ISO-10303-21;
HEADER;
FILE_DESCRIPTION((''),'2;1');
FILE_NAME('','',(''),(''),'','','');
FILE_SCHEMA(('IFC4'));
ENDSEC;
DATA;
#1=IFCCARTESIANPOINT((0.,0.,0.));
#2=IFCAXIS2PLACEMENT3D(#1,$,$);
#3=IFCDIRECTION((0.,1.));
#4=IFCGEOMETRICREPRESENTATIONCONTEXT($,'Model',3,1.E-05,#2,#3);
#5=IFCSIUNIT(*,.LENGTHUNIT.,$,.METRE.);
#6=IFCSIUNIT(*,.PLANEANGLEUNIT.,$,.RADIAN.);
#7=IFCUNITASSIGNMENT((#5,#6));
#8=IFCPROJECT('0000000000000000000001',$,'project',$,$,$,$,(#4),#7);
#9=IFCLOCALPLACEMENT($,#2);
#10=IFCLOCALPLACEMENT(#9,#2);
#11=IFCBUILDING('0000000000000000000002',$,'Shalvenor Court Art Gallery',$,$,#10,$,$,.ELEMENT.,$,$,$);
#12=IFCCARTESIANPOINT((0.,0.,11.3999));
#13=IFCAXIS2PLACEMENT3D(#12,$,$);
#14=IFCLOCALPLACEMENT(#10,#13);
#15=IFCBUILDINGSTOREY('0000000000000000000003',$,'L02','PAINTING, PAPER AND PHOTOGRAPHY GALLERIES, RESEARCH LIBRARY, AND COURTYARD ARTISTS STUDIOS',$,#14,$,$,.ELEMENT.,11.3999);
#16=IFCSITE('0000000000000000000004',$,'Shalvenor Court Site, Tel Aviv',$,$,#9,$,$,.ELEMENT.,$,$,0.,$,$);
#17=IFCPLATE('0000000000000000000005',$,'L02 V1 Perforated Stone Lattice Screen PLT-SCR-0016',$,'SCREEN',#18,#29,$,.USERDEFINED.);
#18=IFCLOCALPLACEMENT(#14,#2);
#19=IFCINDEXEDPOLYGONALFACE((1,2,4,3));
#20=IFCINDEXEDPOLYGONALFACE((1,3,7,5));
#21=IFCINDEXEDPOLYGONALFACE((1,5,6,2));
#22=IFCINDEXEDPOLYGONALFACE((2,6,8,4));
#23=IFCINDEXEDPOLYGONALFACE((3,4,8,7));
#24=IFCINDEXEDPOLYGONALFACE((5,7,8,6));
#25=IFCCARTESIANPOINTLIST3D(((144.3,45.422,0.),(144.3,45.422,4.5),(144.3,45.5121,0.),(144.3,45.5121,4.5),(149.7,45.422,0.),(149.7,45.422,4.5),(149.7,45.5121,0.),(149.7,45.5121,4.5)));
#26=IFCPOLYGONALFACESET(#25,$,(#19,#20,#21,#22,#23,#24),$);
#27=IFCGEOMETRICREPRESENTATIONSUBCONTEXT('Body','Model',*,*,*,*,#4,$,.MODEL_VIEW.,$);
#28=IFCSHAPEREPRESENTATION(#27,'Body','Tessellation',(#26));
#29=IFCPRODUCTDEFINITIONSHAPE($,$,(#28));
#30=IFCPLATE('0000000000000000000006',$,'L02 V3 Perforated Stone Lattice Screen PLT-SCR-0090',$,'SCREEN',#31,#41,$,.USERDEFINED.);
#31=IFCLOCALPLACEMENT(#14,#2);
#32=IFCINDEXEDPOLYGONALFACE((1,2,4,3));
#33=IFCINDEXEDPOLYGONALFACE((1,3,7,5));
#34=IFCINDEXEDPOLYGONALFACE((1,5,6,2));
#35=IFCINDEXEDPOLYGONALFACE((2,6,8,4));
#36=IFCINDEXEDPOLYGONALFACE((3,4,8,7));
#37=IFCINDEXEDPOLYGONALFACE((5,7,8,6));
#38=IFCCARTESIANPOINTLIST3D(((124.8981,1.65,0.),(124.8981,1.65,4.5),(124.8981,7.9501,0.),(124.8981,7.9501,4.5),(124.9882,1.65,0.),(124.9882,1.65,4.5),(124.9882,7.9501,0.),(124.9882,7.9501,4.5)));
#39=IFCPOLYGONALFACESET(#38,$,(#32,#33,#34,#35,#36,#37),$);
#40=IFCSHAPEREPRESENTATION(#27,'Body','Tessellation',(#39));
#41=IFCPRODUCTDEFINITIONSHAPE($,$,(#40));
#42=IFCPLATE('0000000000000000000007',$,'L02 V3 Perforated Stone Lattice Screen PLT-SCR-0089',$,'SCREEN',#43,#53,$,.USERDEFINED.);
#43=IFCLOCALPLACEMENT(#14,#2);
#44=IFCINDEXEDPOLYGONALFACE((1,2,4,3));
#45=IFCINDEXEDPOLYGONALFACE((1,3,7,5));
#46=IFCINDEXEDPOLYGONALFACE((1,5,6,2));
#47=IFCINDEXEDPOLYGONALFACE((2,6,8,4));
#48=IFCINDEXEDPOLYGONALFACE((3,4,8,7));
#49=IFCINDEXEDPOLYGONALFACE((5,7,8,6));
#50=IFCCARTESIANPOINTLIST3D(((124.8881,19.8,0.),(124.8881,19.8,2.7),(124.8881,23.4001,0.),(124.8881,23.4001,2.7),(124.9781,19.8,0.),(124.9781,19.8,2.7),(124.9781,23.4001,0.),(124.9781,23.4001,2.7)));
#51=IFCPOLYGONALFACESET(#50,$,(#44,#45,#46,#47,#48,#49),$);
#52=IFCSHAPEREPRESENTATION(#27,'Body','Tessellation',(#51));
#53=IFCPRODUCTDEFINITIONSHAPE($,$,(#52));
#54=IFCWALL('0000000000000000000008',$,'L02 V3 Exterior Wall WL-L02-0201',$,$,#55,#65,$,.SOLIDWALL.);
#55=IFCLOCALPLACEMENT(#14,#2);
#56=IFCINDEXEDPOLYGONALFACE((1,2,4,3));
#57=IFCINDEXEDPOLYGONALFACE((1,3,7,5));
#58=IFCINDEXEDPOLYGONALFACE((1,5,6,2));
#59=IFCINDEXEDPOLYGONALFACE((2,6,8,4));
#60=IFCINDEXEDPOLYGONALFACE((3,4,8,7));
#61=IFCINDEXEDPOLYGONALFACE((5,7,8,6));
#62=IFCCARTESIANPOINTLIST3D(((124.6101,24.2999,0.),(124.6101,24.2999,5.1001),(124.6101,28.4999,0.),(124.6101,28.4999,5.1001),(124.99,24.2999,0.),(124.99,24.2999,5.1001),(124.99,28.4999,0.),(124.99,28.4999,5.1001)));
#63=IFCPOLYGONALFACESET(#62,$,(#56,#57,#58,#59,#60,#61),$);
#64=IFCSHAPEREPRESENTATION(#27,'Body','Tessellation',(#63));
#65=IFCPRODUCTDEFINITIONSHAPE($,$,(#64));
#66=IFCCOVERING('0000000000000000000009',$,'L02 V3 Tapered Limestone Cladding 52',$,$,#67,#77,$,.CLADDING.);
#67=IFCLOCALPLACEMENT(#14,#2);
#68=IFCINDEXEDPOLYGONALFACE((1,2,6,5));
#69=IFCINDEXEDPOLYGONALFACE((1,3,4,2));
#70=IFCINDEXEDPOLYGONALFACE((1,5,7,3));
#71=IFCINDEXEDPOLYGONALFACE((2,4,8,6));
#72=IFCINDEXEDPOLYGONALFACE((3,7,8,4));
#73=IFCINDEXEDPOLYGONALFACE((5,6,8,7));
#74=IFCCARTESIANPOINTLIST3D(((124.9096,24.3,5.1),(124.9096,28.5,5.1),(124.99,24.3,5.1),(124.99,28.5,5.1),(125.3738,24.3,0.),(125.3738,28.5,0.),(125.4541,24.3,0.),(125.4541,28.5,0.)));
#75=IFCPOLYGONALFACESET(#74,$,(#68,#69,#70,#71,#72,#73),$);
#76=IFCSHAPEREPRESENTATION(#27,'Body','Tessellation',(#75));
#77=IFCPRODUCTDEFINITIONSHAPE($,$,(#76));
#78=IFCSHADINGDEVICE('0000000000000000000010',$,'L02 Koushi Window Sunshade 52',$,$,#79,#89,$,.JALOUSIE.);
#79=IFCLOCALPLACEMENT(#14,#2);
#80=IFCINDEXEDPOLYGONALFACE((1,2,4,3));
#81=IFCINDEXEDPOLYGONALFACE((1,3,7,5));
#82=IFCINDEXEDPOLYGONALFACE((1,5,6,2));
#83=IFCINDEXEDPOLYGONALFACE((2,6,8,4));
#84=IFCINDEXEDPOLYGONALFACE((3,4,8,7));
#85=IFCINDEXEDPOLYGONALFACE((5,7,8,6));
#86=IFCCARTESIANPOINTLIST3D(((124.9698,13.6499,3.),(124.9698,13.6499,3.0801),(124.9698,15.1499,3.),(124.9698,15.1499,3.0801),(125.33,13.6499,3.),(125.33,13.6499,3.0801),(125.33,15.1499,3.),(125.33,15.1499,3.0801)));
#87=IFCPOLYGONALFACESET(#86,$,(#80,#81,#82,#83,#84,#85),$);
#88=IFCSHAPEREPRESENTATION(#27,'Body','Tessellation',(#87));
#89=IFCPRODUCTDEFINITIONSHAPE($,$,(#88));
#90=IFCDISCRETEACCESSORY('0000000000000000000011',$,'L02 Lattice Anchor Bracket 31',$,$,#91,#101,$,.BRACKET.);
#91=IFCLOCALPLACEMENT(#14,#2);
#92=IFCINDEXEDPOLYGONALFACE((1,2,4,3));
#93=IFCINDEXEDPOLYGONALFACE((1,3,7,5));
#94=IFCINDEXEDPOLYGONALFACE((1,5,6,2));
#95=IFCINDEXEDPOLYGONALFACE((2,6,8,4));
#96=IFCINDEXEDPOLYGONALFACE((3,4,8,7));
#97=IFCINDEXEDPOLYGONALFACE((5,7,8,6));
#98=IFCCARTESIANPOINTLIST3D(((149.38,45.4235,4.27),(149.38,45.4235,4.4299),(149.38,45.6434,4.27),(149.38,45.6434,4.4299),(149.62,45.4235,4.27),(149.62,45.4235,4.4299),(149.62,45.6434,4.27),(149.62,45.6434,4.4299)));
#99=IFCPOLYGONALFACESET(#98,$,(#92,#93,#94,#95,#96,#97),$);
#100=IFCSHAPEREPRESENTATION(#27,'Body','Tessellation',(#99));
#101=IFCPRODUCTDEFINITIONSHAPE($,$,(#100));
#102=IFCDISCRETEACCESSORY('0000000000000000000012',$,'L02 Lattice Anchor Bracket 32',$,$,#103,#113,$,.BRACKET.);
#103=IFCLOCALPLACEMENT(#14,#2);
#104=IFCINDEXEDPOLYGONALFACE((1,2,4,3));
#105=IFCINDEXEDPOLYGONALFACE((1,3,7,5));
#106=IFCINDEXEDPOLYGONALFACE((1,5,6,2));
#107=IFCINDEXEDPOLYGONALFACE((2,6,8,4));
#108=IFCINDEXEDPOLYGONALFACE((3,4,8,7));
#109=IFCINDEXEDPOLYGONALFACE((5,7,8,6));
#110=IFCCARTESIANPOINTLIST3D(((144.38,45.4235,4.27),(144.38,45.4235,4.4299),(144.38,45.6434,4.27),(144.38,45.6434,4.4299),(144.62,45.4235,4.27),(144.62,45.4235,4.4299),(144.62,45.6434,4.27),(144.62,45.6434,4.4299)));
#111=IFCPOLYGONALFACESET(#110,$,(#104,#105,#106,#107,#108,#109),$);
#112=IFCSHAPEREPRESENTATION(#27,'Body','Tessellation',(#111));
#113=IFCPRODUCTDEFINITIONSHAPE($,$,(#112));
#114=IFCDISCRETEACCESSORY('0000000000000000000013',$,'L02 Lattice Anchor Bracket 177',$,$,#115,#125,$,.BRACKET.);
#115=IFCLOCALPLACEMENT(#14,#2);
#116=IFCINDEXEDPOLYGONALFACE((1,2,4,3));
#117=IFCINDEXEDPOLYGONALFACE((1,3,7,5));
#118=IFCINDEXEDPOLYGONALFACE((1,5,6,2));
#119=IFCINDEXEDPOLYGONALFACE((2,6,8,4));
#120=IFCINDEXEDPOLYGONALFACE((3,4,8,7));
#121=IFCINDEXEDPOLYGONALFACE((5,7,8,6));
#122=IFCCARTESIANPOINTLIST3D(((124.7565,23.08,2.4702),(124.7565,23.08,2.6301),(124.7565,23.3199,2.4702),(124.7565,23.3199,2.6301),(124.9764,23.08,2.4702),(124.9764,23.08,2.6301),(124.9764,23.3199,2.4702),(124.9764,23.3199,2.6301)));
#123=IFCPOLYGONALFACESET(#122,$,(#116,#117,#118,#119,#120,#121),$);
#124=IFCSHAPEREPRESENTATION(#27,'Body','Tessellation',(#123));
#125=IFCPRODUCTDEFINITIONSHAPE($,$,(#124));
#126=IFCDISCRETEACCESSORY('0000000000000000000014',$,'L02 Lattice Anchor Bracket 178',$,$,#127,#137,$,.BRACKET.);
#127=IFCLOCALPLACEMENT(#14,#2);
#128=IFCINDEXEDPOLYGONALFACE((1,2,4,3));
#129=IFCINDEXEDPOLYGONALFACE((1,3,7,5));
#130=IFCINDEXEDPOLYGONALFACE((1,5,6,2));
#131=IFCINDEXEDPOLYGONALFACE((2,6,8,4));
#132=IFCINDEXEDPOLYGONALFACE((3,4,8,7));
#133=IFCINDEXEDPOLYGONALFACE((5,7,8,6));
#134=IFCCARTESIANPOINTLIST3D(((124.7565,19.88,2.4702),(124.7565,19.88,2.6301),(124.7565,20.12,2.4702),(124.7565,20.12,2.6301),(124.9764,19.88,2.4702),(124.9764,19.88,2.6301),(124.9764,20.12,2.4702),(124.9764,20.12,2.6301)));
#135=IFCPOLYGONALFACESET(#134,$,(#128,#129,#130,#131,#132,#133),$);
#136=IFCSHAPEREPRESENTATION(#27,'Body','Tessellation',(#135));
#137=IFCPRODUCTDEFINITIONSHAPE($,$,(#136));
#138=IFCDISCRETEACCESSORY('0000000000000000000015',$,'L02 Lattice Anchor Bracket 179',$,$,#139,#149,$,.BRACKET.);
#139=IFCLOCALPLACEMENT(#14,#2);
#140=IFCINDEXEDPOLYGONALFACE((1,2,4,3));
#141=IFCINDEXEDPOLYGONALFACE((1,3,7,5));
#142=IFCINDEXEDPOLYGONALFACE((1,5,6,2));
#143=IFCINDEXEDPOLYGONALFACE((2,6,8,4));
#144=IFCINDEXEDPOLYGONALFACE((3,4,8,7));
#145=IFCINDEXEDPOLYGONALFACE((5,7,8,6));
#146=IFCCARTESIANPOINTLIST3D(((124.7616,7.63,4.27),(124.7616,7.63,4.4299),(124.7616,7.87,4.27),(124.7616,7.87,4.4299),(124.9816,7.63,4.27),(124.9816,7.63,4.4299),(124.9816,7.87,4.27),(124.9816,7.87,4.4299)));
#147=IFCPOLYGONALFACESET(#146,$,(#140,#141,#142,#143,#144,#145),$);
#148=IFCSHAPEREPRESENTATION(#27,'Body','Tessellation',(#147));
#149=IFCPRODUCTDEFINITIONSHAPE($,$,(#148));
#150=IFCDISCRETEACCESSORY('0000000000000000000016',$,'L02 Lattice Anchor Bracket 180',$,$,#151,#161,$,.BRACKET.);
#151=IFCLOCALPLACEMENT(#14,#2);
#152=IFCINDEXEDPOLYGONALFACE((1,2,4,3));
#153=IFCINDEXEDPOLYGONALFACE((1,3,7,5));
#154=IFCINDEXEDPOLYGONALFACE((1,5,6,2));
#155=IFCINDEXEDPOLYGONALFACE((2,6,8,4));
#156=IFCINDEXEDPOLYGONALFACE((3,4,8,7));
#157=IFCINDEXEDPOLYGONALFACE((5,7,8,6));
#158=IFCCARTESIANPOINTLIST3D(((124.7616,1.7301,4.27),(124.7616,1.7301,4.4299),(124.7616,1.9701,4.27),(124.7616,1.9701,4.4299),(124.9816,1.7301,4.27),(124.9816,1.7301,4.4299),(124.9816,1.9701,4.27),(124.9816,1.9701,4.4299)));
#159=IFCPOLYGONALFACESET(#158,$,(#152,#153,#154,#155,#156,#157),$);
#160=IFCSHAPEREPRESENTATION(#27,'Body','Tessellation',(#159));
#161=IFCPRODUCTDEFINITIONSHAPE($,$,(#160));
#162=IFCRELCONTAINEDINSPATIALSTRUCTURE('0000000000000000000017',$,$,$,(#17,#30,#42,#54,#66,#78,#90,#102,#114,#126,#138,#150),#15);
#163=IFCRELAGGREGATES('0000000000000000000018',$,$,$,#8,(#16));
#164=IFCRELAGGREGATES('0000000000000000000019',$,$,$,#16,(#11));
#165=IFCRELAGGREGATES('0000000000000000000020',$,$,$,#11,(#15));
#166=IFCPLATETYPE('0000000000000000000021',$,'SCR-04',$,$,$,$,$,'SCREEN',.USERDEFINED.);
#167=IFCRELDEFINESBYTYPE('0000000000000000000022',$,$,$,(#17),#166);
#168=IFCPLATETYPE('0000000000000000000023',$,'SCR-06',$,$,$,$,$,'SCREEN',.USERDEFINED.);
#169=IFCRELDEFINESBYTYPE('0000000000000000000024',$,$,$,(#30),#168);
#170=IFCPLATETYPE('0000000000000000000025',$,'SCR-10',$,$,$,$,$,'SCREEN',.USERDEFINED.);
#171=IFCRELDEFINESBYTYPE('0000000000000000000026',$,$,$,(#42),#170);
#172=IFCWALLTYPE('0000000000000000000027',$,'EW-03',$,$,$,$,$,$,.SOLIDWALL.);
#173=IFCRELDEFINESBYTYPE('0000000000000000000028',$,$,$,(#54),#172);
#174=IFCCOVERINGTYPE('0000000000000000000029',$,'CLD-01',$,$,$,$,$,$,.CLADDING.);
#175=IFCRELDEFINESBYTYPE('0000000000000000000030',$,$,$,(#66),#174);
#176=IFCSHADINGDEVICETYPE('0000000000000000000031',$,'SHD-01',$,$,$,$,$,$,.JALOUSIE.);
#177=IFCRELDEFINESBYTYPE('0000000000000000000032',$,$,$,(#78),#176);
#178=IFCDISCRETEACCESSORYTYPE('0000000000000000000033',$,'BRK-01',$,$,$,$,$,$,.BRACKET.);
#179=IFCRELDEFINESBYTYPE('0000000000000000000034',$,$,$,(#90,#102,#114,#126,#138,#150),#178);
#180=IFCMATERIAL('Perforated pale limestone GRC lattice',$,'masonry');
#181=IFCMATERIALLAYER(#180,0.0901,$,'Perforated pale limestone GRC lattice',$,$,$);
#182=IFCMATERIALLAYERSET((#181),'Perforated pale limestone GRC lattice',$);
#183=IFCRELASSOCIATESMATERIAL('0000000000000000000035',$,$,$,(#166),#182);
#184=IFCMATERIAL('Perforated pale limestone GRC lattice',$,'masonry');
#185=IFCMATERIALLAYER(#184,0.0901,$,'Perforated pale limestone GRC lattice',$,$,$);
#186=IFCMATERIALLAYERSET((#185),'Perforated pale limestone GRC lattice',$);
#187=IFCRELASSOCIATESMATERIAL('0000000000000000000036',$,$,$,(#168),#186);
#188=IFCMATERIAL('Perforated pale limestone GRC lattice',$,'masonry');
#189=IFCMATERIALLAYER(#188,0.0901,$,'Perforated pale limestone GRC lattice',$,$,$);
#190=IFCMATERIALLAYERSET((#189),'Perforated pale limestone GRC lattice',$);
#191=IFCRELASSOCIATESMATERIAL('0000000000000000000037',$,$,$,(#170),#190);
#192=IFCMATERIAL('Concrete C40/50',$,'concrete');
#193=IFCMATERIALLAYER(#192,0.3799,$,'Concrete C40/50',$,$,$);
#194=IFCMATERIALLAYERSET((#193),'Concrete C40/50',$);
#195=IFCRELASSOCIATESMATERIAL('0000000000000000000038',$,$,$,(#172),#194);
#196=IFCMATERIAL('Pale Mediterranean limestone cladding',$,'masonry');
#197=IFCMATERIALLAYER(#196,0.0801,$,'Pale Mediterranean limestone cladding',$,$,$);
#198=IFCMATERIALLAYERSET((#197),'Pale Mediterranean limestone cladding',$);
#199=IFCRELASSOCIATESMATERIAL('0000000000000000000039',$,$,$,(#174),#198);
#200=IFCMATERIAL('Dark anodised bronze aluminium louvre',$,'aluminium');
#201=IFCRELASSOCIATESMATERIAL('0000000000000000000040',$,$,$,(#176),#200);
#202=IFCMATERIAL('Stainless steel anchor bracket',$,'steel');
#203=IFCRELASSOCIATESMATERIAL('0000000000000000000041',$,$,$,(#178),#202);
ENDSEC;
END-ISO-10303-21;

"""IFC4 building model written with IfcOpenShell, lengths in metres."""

from ifc_helpers import new_model, si_unit, direction, frame, frame_2d, origin, origin_2d, place, context, subcontext, project, spatial, polyline, rectangle, outline, extrude, material, layer, layer_set, type_object, element, save


model = new_model("IFC4")

# Units and contexts
model_context = context("Model", 3, precision=1e-05, world=origin(), true_north=direction((0.0, 1.0)))
body_context = subcontext(model_context, "Body", "Model", "MODEL_VIEW")
ifc_project = project(units=[si_unit("LENGTHUNIT", "METRE"), si_unit("PLANEANGLEUNIT", "RADIAN")], contexts=[model_context])

# Site, building, storey
site_placement = place(None, origin())
site = spatial("IfcSite", under=ifc_project, at=site_placement, Name="Shalvenor Court Site, Tel Aviv", CompositionType="ELEMENT", RefElevation=0.0)
building_placement = place(site_placement, origin())
building = spatial("IfcBuilding", under=site, at=building_placement, Name="Shalvenor Court Art Gallery", CompositionType="ELEMENT")
storey_placement = place(building_placement, frame((0.0, 0.0, 11.3999)))
storey = spatial("IfcBuildingStorey", under=building, at=storey_placement, Name="L02", Description="PAINTING, PAPER AND PHOTOGRAPHY GALLERIES, RESEARCH LIBRARY, AND COURTYARD ARTISTS STUDIOS", CompositionType="ELEMENT", Elevation=11.3999)

# Plates
ifc_material_1 = material(Name="Perforated pale limestone GRC lattice", Category="masonry")
ifc_layer_1 = layer(ifc_material_1, 0.0901, Name="Perforated pale limestone GRC lattice")
ifc_layer_set_1 = layer_set([ifc_layer_1], Name="Perforated pale limestone GRC lattice")
plate_type_1 = type_object("IfcPlateType", Name="SCR-04", ElementType="SCREEN", PredefinedType="USERDEFINED", material=ifc_layer_set_1)
plate_1_placement = place(storey_placement, frame((147.0, 45.467, 0.0), z_axis=(0.0, 0.0, 1.0), x_axis=(-1.0, 0.0, 0.0)))
element("IfcPlate", 1, at=plate_1_placement, inside=storey, type_object=plate_type_1, Name="L02 V1 Perforated Stone Lattice Screen PLT-SCR-0016", ObjectType="SCREEN", PredefinedType="USERDEFINED", context=body_context, shape_type="SweptSolid", body=[
    extrude(rectangle(XDim=5.3999, YDim=0.0901, at=origin_2d()), origin(), (0.0, 0.0, 1.0), 4.5),
])
ifc_material_2 = material(Name="Perforated pale limestone GRC lattice", Category="masonry")
ifc_layer_2 = layer(ifc_material_2, 0.0901, Name="Perforated pale limestone GRC lattice")
ifc_layer_set_2 = layer_set([ifc_layer_2], Name="Perforated pale limestone GRC lattice")
plate_type_2 = type_object("IfcPlateType", Name="SCR-06", ElementType="SCREEN", PredefinedType="USERDEFINED", material=ifc_layer_set_2)
plate_2_placement = place(storey_placement, frame((124.9431, 4.8, 0.0), z_axis=(0.0, 0.0, 1.0), x_axis=(0.0, -1.0, 0.0)))
element("IfcPlate", 2, at=plate_2_placement, inside=storey, type_object=plate_type_2, Name="L02 V3 Perforated Stone Lattice Screen PLT-SCR-0090", ObjectType="SCREEN", PredefinedType="USERDEFINED", context=body_context, shape_type="SweptSolid", body=[
    extrude(rectangle(XDim=6.3, YDim=0.0901, at=origin_2d()), origin(), (0.0, 0.0, 1.0), 4.5),
])
ifc_material_3 = material(Name="Perforated pale limestone GRC lattice", Category="masonry")
ifc_layer_3 = layer(ifc_material_3, 0.0901, Name="Perforated pale limestone GRC lattice")
ifc_layer_set_3 = layer_set([ifc_layer_3], Name="Perforated pale limestone GRC lattice")
plate_type_3 = type_object("IfcPlateType", Name="SCR-10", ElementType="SCREEN", PredefinedType="USERDEFINED", material=ifc_layer_set_3)
plate_3_placement = place(storey_placement, frame((124.9331, 21.6001, 0.0), z_axis=(0.0, 0.0, 1.0), x_axis=(0.0, -1.0, 0.0)))
element("IfcPlate", 3, at=plate_3_placement, inside=storey, type_object=plate_type_3, Name="L02 V3 Perforated Stone Lattice Screen PLT-SCR-0089", ObjectType="SCREEN", PredefinedType="USERDEFINED", context=body_context, shape_type="SweptSolid", body=[
    extrude(rectangle(XDim=3.6001, YDim=0.0901, at=origin_2d()), origin(), (0.0, 0.0, 1.0), 2.7),
])

# Wall
ifc_material_4 = material(Name="Concrete C40/50", Category="concrete")
ifc_layer_4 = layer(ifc_material_4, 0.3799, Name="Concrete C40/50")
ifc_layer_set_4 = layer_set([ifc_layer_4], Name="Concrete C40/50")
wall_type = type_object("IfcWallType", Name="EW-03", PredefinedType="SOLIDWALL", material=ifc_layer_set_4)
wall_placement = place(storey_placement, frame((124.8, 28.5, 0.0), z_axis=(0.0, 0.0, 1.0), x_axis=(0.0, -1.0, 0.0)))
element("IfcWall", 4, at=wall_placement, inside=storey, type_object=wall_type, Name="L02 V3 Exterior Wall WL-L02-0201", PredefinedType="SOLIDWALL", context=body_context, shape_type="SweptSolid", body=[
    extrude(rectangle(XDim=4.2, YDim=0.3799, at=frame_2d((2.1001, 0.0))), origin(), (0.0, 0.0, 1.0), 5.1001),
])

# Covering
ifc_material_5 = material(Name="Pale Mediterranean limestone cladding", Category="masonry")
ifc_layer_5 = layer(ifc_material_5, 0.0801, Name="Pale Mediterranean limestone cladding")
ifc_layer_set_5 = layer_set([ifc_layer_5], Name="Pale Mediterranean limestone cladding")
covering_type = type_object("IfcCoveringType", Name="CLD-01", PredefinedType="CLADDING", material=ifc_layer_set_5)
covering_placement = place(storey_placement, frame((125.4541, 24.3, 0.0), z_axis=(0.0, 0.0, 1.0), x_axis=(0.0, 1.0, 0.0)))
element("IfcCovering", 5, at=covering_placement, inside=storey, type_object=covering_type, Name="L02 V3 Tapered Limestone Cladding 52", PredefinedType="CLADDING", context=body_context, shape_type="SweptSolid", body=[
    extrude(outline(polyline([(0.0, 0.0), (4.2, 0.0), (4.2, 5.1211), (0.0, 5.1211), (0.0, 0.0)])), frame((0.0, 0.0, 0.0), z_axis=(0.0, -0.995884, 0.090633), x_axis=(1.0, 0.0, 0.0)), (0.0, 0.090633, -0.995884), 0.0803),
])

# Shading device
ifc_material_6 = material(Name="Dark anodised bronze aluminium louvre", Category="aluminium")
shading_device_type = type_object("IfcShadingDeviceType", Name="SHD-01", PredefinedType="JALOUSIE", material=ifc_material_6)
shading_device_placement = place(storey_placement, frame((125.1499, 14.3999, 3.0), z_axis=(0.0, 0.0, 1.0), x_axis=(0.0, -1.0, 0.0)))
element("IfcShadingDevice", 6, at=shading_device_placement, inside=storey, type_object=shading_device_type, Name="L02 Koushi Window Sunshade 52", PredefinedType="JALOUSIE", context=body_context, shape_type="SweptSolid", body=[
    extrude(rectangle(XDim=1.5, YDim=0.3601, at=origin_2d()), origin(), (0.0, 0.0, 1.0), 0.0801),
])

# Discrete accessories
ifc_material_7 = material(Name="Stainless steel anchor bracket", Category="steel")
discrete_accessory_type = type_object("IfcDiscreteAccessoryType", Name="BRK-01", PredefinedType="BRACKET", material=ifc_material_7)
for number, where, z_axis, x_axis, name in (
    (7, (149.5, 45.5334, 4.27), (0.0, 0.0, 1.0), (-1.0, 0.0, 0.0), "L02 Lattice Anchor Bracket 31"),
    (8, (144.5, 45.5334, 4.27), (0.0, 0.0, 1.0), (-1.0, 0.0, 0.0), "L02 Lattice Anchor Bracket 32"),
    (9, (124.8665, 23.2, 2.4702), (0.0, 0.0, 1.0), (0.0, -1.0, 0.0), "L02 Lattice Anchor Bracket 177"),
    (10, (124.8665, 20.0, 2.4702), (0.0, 0.0, 1.0), (0.0, -1.0, 0.0), "L02 Lattice Anchor Bracket 178"),
    (11, (124.8716, 7.75, 4.27), (0.0, 0.0, 1.0), (0.0, -1.0, 0.0), "L02 Lattice Anchor Bracket 179"),
    (12, (124.8716, 1.8501, 4.27), (0.0, 0.0, 1.0), (0.0, -1.0, 0.0), "L02 Lattice Anchor Bracket 180"),
):
    element("IfcDiscreteAccessory", number, at=place(storey_placement, frame(where, z_axis=z_axis, x_axis=x_axis)), inside=storey, type_object=discrete_accessory_type, Name=name, PredefinedType="BRACKET", context=body_context, shape_type="SweptSolid", body=[
        extrude(rectangle(XDim=0.24, YDim=0.22, at=origin_2d()), origin(), (0.0, 0.0, 1.0), 0.1599),
    ])

save(model, "model.ifc")
